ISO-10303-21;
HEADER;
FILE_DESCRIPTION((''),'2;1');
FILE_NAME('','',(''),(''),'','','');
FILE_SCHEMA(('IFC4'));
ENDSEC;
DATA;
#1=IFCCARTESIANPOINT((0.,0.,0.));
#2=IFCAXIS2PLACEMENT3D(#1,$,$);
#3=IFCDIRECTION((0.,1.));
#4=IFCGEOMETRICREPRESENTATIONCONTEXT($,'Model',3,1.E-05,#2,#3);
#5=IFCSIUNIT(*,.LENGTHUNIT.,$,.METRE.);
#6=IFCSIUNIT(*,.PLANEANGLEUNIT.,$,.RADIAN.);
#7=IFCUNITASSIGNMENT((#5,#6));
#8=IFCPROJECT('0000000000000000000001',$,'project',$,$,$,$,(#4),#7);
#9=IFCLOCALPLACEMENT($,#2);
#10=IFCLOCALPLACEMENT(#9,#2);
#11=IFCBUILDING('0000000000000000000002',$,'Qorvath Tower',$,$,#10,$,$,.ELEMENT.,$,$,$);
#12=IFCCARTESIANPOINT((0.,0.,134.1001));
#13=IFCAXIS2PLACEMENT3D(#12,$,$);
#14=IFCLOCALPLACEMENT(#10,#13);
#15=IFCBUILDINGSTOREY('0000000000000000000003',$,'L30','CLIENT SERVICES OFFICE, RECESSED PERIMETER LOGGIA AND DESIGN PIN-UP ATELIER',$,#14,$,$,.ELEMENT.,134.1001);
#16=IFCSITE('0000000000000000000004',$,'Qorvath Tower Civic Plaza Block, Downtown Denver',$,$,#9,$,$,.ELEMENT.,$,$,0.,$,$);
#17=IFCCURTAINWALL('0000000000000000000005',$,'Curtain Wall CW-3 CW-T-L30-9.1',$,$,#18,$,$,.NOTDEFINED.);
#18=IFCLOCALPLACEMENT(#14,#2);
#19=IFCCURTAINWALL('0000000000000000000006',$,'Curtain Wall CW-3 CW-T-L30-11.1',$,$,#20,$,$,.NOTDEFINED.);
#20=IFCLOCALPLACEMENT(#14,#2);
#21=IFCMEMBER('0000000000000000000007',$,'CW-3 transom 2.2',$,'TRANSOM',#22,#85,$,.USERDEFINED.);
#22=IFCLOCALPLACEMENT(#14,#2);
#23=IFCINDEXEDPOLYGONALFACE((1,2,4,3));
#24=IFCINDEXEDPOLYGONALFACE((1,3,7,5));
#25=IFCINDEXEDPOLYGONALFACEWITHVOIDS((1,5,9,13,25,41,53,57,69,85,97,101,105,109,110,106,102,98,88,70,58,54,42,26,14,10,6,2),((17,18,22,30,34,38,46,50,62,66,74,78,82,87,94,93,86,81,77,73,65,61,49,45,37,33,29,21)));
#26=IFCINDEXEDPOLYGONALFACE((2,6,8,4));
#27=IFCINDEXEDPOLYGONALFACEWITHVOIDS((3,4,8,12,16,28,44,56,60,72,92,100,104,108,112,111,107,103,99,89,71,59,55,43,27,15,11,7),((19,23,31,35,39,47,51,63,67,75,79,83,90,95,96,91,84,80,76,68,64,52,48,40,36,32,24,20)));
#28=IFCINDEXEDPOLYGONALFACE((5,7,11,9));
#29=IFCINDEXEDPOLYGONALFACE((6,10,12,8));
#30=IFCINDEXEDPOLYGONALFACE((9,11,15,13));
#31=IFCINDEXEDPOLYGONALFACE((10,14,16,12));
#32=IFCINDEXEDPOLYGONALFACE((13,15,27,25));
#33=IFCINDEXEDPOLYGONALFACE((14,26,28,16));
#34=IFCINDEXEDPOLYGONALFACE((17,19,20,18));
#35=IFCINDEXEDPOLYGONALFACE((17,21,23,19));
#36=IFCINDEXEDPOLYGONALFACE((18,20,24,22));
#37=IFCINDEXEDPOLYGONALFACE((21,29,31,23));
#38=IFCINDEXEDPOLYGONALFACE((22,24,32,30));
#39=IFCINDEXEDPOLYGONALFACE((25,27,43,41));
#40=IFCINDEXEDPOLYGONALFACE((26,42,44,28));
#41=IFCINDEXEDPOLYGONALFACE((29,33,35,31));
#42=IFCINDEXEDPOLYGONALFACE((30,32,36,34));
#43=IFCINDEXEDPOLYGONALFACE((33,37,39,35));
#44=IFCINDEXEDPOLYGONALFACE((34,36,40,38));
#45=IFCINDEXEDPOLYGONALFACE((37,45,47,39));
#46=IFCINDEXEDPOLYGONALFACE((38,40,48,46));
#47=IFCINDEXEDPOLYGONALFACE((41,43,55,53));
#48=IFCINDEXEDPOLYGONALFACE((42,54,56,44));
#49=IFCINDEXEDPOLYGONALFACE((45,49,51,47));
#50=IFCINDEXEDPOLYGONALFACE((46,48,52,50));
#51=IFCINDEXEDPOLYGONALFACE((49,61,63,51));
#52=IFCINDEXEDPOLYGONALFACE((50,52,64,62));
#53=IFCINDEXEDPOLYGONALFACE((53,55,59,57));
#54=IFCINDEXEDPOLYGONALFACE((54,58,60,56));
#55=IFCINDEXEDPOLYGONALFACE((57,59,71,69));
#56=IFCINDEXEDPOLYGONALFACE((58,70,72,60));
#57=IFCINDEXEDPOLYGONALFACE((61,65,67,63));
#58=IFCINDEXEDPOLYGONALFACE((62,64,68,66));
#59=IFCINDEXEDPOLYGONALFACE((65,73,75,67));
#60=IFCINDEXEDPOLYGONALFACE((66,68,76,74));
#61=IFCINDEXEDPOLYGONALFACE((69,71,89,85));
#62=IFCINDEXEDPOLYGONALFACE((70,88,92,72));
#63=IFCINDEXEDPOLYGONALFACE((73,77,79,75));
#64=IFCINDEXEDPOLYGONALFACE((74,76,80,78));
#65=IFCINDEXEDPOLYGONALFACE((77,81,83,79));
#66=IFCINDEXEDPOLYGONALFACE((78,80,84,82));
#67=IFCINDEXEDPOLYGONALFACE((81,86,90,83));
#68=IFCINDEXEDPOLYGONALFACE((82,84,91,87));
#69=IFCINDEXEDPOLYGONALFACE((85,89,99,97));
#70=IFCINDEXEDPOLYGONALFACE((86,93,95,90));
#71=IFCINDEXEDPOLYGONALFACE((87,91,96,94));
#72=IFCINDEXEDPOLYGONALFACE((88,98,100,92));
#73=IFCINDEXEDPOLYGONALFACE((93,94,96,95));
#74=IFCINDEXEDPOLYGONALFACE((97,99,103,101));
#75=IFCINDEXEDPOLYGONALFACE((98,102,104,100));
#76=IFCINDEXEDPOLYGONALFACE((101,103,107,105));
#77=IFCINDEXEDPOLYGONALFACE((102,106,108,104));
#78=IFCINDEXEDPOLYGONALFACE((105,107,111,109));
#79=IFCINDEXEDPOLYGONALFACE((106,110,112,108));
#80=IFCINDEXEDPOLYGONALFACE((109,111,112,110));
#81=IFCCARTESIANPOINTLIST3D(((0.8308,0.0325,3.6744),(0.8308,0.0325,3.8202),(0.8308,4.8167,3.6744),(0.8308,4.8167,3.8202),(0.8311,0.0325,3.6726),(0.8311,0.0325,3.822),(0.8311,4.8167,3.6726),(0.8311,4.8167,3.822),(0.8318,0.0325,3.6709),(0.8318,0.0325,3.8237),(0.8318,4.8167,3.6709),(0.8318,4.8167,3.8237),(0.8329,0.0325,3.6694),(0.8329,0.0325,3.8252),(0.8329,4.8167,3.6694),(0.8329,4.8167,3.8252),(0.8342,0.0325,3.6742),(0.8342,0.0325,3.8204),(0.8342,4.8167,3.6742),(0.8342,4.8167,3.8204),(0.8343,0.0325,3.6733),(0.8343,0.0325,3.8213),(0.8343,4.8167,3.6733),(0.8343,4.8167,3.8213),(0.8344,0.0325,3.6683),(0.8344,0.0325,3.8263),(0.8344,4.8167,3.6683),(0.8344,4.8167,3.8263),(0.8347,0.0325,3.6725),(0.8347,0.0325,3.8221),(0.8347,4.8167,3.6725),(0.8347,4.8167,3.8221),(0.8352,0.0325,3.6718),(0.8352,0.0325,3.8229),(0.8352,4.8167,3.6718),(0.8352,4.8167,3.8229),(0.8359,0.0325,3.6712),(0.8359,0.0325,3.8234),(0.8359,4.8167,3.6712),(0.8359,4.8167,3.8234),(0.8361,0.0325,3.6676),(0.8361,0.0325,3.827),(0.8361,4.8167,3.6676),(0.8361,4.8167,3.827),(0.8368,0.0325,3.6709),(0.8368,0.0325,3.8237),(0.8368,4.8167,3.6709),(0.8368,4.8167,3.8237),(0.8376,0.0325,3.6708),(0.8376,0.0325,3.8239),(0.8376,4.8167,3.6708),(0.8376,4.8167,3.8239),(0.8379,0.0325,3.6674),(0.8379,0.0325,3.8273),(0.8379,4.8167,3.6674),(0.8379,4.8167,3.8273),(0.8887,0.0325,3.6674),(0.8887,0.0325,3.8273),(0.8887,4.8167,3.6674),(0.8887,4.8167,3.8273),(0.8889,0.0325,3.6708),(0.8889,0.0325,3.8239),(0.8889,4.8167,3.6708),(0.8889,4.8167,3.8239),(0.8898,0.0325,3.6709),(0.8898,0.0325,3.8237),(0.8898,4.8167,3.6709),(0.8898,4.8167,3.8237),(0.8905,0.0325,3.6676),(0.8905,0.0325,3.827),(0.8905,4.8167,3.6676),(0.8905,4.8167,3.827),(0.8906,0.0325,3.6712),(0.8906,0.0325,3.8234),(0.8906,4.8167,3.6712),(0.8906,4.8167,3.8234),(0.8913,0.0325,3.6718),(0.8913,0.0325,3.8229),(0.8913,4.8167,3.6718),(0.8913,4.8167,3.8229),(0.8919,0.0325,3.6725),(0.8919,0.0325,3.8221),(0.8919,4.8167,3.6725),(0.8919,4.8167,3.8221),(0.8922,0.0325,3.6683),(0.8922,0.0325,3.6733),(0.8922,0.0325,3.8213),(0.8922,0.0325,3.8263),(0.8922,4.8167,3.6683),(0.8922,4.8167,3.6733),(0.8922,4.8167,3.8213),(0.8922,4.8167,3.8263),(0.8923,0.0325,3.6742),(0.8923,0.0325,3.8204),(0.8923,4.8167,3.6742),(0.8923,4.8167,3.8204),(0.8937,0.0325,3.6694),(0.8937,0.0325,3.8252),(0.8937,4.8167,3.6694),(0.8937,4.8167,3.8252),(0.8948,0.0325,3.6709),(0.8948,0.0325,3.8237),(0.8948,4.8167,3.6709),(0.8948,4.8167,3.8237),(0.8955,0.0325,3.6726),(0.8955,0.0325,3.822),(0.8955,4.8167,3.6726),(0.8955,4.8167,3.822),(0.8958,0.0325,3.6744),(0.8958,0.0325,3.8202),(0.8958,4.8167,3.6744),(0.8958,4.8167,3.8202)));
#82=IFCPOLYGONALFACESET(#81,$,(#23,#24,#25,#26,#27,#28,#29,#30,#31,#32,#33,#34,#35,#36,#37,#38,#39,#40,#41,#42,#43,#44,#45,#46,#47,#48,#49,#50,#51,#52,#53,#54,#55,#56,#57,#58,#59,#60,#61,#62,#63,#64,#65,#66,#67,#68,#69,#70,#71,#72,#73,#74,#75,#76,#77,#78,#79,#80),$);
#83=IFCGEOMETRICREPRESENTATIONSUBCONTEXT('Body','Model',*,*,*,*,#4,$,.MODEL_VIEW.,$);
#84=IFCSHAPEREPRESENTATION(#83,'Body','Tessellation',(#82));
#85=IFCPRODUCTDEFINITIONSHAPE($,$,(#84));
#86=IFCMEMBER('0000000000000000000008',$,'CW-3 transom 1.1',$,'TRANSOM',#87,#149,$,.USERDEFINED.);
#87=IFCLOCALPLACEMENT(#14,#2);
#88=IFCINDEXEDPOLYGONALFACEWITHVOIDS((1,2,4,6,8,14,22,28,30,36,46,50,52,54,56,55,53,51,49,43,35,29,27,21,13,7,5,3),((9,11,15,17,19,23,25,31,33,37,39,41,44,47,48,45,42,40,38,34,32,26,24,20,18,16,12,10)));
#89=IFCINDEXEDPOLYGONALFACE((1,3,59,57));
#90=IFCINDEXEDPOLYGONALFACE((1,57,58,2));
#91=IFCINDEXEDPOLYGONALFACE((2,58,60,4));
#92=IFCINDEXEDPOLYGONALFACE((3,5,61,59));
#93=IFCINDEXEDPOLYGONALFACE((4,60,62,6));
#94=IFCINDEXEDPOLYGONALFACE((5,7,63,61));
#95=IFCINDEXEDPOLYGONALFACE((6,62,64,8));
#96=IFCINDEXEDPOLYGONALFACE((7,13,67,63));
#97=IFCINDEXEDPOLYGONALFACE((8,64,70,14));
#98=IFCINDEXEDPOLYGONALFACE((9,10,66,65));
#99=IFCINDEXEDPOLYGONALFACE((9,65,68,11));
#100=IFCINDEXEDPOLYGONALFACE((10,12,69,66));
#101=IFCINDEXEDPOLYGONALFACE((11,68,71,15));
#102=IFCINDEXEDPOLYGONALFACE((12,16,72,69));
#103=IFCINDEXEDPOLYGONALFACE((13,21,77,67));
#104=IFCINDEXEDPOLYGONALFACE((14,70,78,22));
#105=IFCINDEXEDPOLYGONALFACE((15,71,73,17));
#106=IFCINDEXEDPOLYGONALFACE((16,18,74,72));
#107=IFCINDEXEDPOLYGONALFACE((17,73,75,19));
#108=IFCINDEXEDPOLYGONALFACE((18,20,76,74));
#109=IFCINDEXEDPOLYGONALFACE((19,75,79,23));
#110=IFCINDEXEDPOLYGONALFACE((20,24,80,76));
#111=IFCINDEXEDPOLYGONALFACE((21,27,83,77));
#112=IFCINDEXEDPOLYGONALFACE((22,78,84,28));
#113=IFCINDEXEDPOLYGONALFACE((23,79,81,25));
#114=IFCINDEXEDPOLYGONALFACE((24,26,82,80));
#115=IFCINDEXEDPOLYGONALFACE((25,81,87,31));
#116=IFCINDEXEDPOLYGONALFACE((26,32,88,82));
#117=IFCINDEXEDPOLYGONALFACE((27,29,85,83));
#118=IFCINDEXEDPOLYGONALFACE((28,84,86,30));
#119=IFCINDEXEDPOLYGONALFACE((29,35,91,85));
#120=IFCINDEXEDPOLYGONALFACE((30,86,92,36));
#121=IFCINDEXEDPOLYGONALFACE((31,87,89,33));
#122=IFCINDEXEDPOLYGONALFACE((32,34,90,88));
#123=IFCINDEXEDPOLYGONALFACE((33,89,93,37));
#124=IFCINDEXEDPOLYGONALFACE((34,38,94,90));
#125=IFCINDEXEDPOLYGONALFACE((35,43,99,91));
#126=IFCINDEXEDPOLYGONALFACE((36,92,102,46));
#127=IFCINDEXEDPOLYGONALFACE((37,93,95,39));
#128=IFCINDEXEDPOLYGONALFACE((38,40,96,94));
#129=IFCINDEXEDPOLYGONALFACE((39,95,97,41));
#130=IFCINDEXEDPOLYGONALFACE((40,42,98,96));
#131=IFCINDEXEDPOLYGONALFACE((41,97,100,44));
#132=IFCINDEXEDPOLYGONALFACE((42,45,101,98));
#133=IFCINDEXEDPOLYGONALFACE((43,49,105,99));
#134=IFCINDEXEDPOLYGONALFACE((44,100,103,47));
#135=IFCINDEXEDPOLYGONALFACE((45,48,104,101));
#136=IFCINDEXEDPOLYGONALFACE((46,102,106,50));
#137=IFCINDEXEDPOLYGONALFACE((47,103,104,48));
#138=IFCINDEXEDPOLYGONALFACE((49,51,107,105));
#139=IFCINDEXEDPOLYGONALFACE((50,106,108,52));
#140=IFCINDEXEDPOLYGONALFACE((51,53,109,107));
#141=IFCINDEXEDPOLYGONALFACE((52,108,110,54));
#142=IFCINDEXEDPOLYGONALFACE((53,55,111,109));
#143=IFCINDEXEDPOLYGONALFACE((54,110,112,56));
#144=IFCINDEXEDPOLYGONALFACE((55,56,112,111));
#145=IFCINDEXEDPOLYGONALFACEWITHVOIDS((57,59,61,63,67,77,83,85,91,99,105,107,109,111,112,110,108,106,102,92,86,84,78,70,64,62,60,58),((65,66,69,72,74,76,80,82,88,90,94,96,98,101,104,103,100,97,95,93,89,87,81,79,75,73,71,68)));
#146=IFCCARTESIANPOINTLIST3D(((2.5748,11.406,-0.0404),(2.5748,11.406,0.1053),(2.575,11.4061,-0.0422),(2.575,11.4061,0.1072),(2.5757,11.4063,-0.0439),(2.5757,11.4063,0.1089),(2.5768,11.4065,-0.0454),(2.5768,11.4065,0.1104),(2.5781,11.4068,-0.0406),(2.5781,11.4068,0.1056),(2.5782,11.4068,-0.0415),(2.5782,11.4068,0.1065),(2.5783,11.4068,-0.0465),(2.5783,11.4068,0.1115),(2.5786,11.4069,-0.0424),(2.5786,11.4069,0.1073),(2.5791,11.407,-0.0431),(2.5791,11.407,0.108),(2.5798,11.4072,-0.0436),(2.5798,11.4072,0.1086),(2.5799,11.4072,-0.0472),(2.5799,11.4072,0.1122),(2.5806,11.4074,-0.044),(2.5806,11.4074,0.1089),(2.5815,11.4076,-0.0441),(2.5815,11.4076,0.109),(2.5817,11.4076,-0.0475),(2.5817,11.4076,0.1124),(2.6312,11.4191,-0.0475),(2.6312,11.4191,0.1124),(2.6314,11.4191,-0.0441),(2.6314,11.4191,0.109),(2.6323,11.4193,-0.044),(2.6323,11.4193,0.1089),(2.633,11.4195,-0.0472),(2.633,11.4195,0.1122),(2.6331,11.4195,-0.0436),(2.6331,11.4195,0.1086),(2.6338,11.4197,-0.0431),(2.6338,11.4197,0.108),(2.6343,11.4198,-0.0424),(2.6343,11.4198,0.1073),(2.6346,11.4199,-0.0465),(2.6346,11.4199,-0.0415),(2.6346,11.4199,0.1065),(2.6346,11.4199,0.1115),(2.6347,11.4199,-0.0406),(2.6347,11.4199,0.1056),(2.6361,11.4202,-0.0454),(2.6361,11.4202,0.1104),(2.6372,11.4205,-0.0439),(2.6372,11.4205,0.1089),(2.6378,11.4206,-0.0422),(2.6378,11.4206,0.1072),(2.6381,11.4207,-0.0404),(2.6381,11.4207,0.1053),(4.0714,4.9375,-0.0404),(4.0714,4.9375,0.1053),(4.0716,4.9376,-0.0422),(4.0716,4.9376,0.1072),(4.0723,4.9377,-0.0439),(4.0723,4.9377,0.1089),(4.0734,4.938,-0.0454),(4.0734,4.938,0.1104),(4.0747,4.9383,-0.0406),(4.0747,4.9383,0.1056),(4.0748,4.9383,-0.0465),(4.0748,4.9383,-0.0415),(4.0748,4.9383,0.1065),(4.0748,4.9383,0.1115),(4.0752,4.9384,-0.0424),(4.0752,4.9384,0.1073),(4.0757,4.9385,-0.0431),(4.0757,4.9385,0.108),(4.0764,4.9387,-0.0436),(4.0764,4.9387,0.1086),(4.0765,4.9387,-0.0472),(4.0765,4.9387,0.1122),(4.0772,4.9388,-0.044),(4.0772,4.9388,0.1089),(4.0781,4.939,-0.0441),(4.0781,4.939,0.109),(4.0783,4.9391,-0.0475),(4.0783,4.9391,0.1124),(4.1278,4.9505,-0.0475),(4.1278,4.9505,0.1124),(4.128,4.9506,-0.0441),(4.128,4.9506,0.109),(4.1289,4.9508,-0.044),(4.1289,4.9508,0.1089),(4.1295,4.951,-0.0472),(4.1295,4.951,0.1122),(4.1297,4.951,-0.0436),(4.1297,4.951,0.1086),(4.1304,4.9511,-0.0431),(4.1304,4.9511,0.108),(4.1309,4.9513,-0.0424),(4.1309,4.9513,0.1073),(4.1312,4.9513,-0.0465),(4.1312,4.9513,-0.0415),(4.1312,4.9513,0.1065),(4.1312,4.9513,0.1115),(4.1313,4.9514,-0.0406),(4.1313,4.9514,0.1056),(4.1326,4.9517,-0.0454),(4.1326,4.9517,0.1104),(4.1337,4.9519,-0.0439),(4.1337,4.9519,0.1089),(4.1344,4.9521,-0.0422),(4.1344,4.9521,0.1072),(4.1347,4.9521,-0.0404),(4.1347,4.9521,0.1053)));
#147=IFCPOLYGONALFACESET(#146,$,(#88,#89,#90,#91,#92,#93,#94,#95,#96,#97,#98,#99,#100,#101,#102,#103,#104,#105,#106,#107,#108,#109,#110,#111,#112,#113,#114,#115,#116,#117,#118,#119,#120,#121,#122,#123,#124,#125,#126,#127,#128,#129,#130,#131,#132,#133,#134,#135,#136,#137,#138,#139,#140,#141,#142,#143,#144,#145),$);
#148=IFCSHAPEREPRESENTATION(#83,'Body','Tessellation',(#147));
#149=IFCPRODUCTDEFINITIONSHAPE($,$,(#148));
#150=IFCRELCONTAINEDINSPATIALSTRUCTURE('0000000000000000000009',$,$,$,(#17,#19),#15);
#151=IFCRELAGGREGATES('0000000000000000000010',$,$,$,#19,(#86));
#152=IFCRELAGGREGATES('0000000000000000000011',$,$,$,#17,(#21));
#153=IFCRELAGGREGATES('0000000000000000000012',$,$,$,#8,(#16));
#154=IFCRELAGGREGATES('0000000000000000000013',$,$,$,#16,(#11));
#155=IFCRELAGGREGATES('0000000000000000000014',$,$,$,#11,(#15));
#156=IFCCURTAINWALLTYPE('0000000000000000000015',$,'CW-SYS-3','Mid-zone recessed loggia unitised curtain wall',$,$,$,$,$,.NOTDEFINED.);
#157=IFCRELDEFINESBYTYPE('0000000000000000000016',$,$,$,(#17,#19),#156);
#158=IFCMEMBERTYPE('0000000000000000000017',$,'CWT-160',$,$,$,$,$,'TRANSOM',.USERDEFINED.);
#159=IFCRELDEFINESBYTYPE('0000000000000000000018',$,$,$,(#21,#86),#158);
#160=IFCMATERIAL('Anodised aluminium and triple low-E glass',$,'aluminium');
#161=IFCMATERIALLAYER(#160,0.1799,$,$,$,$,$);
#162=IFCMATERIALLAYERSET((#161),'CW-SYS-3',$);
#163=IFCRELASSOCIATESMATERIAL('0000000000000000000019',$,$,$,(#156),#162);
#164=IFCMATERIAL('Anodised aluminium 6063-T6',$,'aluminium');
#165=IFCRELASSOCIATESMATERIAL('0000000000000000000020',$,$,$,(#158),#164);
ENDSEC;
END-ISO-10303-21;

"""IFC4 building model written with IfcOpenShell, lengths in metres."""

from ifc_helpers import new_model, si_unit, direction, frame, origin, origin_2d, place, context, subcontext, project, spatial, hollow_rectangle, extrude, material, layer, layer_set, material_profile, profile_set, type_object, element, aggregate, save


model = new_model("IFC4")

# Units and contexts
model_context = context("Model", 3, precision=1e-05, world=origin(), true_north=direction((0.0, 1.0)))
body_context = subcontext(model_context, "Body", "Model", "MODEL_VIEW")
ifc_project = project(units=[si_unit("LENGTHUNIT", "METRE"), si_unit("PLANEANGLEUNIT", "RADIAN")], contexts=[model_context])

# Site, building, storey
site_placement = place(None, origin())
site = spatial("IfcSite", under=ifc_project, at=site_placement, Name="Qorvath Tower Civic Plaza Block, Downtown Denver", CompositionType="ELEMENT", RefElevation=0.0)
building_placement = place(site_placement, origin())
building = spatial("IfcBuilding", under=site, at=building_placement, Name="Qorvath Tower", CompositionType="ELEMENT")
storey_placement = place(building_placement, frame((0.0, 0.0, 134.1001)))
storey = spatial("IfcBuildingStorey", under=building, at=storey_placement, Name="L30", Description="CLIENT SERVICES OFFICE, RECESSED PERIMETER LOGGIA AND DESIGN PIN-UP ATELIER", CompositionType="ELEMENT", Elevation=134.1001)

# Curtain wall
ifc_material_1 = material(Name="Anodised aluminium and triple low-E glass", Category="aluminium")
ifc_layer_1 = layer(ifc_material_1, 0.1799)
ifc_layer_set_1 = layer_set([ifc_layer_1], Name="CW-SYS-3")
curtain_wall_type = type_object("IfcCurtainWallType", Name="CW-SYS-3", Description="Mid-zone recessed loggia unitised curtain wall", PredefinedType="NOTDEFINED", material=ifc_layer_set_1)
curtain_wall_1_placement = place(storey_placement, origin())
curtain_wall_1 = element("IfcCurtainWall", 1, at=curtain_wall_1_placement, inside=storey, type_object=curtain_wall_type, Name="Curtain Wall CW-3 CW-T-L30-9.1", PredefinedType="NOTDEFINED")

# Curtain wall
curtain_wall_2_placement = place(storey_placement, origin())
curtain_wall_2 = element("IfcCurtainWall", 2, at=curtain_wall_2_placement, inside=storey, type_object=curtain_wall_type, Name="Curtain Wall CW-3 CW-T-L30-11.1", PredefinedType="NOTDEFINED")

# Members
ifc_material_2 = material(Name="Anodised aluminium 6063-T6", Category="aluminium")
ifc_material_profile_1 = material_profile(ifc_material_2, hollow_rectangle(XDim=0.0649, YDim=0.1599, WallThickness=0.0034, InnerFilletRadius=0.0034, OuterFilletRadius=0.0071, at=origin_2d()), Name="CWT 160x65")
ifc_profile_set_1 = profile_set([ifc_material_profile_1], Name="Anodised aluminium 6063-T6")
member_type_1 = type_object("IfcMemberType", Name="CWT-160", ElementType="TRANSOM", PredefinedType="USERDEFINED", material=ifc_profile_set_1)
member_1_placement = place(storey_placement, frame((0.8633, 0.0325, 3.7473), z_axis=(0.0, 1.0, 0.0), x_axis=(-1.0, 0.0, 0.0)))
member_1 = element("IfcMember", 3, at=member_1_placement, type_object=member_type_1, Name="CW-3 transom 2.2", ObjectType="TRANSOM", PredefinedType="USERDEFINED", context=body_context, shape_type="SweptSolid", body=[
    extrude(hollow_rectangle(XDim=0.0649, YDim=0.1599, WallThickness=0.0034, InnerFilletRadius=0.0034, OuterFilletRadius=0.0071, at=origin_2d()), origin(), (0.0, 0.0, 1.0), 4.7842),
])
member_2_placement = place(storey_placement, frame((4.103, 4.9448, 0.0325), z_axis=(-0.22541, 0.974264, 0.0), x_axis=(-0.974264, -0.22541, 0.0)))
member_2 = element("IfcMember", 4, at=member_2_placement, type_object=member_type_1, Name="CW-3 transom 1.1", ObjectType="TRANSOM", PredefinedType="USERDEFINED", context=body_context, shape_type="SweptSolid", body=[
    extrude(hollow_rectangle(XDim=0.0649, YDim=0.1599, WallThickness=0.0034, InnerFilletRadius=0.0034, OuterFilletRadius=0.0071, at=origin_2d()), origin(), (0.0, 0.0, 1.0), 6.6394),
])
aggregate(curtain_wall_2, [member_2])

aggregate(curtain_wall_1, [member_1])

save(model, "model.ifc")
